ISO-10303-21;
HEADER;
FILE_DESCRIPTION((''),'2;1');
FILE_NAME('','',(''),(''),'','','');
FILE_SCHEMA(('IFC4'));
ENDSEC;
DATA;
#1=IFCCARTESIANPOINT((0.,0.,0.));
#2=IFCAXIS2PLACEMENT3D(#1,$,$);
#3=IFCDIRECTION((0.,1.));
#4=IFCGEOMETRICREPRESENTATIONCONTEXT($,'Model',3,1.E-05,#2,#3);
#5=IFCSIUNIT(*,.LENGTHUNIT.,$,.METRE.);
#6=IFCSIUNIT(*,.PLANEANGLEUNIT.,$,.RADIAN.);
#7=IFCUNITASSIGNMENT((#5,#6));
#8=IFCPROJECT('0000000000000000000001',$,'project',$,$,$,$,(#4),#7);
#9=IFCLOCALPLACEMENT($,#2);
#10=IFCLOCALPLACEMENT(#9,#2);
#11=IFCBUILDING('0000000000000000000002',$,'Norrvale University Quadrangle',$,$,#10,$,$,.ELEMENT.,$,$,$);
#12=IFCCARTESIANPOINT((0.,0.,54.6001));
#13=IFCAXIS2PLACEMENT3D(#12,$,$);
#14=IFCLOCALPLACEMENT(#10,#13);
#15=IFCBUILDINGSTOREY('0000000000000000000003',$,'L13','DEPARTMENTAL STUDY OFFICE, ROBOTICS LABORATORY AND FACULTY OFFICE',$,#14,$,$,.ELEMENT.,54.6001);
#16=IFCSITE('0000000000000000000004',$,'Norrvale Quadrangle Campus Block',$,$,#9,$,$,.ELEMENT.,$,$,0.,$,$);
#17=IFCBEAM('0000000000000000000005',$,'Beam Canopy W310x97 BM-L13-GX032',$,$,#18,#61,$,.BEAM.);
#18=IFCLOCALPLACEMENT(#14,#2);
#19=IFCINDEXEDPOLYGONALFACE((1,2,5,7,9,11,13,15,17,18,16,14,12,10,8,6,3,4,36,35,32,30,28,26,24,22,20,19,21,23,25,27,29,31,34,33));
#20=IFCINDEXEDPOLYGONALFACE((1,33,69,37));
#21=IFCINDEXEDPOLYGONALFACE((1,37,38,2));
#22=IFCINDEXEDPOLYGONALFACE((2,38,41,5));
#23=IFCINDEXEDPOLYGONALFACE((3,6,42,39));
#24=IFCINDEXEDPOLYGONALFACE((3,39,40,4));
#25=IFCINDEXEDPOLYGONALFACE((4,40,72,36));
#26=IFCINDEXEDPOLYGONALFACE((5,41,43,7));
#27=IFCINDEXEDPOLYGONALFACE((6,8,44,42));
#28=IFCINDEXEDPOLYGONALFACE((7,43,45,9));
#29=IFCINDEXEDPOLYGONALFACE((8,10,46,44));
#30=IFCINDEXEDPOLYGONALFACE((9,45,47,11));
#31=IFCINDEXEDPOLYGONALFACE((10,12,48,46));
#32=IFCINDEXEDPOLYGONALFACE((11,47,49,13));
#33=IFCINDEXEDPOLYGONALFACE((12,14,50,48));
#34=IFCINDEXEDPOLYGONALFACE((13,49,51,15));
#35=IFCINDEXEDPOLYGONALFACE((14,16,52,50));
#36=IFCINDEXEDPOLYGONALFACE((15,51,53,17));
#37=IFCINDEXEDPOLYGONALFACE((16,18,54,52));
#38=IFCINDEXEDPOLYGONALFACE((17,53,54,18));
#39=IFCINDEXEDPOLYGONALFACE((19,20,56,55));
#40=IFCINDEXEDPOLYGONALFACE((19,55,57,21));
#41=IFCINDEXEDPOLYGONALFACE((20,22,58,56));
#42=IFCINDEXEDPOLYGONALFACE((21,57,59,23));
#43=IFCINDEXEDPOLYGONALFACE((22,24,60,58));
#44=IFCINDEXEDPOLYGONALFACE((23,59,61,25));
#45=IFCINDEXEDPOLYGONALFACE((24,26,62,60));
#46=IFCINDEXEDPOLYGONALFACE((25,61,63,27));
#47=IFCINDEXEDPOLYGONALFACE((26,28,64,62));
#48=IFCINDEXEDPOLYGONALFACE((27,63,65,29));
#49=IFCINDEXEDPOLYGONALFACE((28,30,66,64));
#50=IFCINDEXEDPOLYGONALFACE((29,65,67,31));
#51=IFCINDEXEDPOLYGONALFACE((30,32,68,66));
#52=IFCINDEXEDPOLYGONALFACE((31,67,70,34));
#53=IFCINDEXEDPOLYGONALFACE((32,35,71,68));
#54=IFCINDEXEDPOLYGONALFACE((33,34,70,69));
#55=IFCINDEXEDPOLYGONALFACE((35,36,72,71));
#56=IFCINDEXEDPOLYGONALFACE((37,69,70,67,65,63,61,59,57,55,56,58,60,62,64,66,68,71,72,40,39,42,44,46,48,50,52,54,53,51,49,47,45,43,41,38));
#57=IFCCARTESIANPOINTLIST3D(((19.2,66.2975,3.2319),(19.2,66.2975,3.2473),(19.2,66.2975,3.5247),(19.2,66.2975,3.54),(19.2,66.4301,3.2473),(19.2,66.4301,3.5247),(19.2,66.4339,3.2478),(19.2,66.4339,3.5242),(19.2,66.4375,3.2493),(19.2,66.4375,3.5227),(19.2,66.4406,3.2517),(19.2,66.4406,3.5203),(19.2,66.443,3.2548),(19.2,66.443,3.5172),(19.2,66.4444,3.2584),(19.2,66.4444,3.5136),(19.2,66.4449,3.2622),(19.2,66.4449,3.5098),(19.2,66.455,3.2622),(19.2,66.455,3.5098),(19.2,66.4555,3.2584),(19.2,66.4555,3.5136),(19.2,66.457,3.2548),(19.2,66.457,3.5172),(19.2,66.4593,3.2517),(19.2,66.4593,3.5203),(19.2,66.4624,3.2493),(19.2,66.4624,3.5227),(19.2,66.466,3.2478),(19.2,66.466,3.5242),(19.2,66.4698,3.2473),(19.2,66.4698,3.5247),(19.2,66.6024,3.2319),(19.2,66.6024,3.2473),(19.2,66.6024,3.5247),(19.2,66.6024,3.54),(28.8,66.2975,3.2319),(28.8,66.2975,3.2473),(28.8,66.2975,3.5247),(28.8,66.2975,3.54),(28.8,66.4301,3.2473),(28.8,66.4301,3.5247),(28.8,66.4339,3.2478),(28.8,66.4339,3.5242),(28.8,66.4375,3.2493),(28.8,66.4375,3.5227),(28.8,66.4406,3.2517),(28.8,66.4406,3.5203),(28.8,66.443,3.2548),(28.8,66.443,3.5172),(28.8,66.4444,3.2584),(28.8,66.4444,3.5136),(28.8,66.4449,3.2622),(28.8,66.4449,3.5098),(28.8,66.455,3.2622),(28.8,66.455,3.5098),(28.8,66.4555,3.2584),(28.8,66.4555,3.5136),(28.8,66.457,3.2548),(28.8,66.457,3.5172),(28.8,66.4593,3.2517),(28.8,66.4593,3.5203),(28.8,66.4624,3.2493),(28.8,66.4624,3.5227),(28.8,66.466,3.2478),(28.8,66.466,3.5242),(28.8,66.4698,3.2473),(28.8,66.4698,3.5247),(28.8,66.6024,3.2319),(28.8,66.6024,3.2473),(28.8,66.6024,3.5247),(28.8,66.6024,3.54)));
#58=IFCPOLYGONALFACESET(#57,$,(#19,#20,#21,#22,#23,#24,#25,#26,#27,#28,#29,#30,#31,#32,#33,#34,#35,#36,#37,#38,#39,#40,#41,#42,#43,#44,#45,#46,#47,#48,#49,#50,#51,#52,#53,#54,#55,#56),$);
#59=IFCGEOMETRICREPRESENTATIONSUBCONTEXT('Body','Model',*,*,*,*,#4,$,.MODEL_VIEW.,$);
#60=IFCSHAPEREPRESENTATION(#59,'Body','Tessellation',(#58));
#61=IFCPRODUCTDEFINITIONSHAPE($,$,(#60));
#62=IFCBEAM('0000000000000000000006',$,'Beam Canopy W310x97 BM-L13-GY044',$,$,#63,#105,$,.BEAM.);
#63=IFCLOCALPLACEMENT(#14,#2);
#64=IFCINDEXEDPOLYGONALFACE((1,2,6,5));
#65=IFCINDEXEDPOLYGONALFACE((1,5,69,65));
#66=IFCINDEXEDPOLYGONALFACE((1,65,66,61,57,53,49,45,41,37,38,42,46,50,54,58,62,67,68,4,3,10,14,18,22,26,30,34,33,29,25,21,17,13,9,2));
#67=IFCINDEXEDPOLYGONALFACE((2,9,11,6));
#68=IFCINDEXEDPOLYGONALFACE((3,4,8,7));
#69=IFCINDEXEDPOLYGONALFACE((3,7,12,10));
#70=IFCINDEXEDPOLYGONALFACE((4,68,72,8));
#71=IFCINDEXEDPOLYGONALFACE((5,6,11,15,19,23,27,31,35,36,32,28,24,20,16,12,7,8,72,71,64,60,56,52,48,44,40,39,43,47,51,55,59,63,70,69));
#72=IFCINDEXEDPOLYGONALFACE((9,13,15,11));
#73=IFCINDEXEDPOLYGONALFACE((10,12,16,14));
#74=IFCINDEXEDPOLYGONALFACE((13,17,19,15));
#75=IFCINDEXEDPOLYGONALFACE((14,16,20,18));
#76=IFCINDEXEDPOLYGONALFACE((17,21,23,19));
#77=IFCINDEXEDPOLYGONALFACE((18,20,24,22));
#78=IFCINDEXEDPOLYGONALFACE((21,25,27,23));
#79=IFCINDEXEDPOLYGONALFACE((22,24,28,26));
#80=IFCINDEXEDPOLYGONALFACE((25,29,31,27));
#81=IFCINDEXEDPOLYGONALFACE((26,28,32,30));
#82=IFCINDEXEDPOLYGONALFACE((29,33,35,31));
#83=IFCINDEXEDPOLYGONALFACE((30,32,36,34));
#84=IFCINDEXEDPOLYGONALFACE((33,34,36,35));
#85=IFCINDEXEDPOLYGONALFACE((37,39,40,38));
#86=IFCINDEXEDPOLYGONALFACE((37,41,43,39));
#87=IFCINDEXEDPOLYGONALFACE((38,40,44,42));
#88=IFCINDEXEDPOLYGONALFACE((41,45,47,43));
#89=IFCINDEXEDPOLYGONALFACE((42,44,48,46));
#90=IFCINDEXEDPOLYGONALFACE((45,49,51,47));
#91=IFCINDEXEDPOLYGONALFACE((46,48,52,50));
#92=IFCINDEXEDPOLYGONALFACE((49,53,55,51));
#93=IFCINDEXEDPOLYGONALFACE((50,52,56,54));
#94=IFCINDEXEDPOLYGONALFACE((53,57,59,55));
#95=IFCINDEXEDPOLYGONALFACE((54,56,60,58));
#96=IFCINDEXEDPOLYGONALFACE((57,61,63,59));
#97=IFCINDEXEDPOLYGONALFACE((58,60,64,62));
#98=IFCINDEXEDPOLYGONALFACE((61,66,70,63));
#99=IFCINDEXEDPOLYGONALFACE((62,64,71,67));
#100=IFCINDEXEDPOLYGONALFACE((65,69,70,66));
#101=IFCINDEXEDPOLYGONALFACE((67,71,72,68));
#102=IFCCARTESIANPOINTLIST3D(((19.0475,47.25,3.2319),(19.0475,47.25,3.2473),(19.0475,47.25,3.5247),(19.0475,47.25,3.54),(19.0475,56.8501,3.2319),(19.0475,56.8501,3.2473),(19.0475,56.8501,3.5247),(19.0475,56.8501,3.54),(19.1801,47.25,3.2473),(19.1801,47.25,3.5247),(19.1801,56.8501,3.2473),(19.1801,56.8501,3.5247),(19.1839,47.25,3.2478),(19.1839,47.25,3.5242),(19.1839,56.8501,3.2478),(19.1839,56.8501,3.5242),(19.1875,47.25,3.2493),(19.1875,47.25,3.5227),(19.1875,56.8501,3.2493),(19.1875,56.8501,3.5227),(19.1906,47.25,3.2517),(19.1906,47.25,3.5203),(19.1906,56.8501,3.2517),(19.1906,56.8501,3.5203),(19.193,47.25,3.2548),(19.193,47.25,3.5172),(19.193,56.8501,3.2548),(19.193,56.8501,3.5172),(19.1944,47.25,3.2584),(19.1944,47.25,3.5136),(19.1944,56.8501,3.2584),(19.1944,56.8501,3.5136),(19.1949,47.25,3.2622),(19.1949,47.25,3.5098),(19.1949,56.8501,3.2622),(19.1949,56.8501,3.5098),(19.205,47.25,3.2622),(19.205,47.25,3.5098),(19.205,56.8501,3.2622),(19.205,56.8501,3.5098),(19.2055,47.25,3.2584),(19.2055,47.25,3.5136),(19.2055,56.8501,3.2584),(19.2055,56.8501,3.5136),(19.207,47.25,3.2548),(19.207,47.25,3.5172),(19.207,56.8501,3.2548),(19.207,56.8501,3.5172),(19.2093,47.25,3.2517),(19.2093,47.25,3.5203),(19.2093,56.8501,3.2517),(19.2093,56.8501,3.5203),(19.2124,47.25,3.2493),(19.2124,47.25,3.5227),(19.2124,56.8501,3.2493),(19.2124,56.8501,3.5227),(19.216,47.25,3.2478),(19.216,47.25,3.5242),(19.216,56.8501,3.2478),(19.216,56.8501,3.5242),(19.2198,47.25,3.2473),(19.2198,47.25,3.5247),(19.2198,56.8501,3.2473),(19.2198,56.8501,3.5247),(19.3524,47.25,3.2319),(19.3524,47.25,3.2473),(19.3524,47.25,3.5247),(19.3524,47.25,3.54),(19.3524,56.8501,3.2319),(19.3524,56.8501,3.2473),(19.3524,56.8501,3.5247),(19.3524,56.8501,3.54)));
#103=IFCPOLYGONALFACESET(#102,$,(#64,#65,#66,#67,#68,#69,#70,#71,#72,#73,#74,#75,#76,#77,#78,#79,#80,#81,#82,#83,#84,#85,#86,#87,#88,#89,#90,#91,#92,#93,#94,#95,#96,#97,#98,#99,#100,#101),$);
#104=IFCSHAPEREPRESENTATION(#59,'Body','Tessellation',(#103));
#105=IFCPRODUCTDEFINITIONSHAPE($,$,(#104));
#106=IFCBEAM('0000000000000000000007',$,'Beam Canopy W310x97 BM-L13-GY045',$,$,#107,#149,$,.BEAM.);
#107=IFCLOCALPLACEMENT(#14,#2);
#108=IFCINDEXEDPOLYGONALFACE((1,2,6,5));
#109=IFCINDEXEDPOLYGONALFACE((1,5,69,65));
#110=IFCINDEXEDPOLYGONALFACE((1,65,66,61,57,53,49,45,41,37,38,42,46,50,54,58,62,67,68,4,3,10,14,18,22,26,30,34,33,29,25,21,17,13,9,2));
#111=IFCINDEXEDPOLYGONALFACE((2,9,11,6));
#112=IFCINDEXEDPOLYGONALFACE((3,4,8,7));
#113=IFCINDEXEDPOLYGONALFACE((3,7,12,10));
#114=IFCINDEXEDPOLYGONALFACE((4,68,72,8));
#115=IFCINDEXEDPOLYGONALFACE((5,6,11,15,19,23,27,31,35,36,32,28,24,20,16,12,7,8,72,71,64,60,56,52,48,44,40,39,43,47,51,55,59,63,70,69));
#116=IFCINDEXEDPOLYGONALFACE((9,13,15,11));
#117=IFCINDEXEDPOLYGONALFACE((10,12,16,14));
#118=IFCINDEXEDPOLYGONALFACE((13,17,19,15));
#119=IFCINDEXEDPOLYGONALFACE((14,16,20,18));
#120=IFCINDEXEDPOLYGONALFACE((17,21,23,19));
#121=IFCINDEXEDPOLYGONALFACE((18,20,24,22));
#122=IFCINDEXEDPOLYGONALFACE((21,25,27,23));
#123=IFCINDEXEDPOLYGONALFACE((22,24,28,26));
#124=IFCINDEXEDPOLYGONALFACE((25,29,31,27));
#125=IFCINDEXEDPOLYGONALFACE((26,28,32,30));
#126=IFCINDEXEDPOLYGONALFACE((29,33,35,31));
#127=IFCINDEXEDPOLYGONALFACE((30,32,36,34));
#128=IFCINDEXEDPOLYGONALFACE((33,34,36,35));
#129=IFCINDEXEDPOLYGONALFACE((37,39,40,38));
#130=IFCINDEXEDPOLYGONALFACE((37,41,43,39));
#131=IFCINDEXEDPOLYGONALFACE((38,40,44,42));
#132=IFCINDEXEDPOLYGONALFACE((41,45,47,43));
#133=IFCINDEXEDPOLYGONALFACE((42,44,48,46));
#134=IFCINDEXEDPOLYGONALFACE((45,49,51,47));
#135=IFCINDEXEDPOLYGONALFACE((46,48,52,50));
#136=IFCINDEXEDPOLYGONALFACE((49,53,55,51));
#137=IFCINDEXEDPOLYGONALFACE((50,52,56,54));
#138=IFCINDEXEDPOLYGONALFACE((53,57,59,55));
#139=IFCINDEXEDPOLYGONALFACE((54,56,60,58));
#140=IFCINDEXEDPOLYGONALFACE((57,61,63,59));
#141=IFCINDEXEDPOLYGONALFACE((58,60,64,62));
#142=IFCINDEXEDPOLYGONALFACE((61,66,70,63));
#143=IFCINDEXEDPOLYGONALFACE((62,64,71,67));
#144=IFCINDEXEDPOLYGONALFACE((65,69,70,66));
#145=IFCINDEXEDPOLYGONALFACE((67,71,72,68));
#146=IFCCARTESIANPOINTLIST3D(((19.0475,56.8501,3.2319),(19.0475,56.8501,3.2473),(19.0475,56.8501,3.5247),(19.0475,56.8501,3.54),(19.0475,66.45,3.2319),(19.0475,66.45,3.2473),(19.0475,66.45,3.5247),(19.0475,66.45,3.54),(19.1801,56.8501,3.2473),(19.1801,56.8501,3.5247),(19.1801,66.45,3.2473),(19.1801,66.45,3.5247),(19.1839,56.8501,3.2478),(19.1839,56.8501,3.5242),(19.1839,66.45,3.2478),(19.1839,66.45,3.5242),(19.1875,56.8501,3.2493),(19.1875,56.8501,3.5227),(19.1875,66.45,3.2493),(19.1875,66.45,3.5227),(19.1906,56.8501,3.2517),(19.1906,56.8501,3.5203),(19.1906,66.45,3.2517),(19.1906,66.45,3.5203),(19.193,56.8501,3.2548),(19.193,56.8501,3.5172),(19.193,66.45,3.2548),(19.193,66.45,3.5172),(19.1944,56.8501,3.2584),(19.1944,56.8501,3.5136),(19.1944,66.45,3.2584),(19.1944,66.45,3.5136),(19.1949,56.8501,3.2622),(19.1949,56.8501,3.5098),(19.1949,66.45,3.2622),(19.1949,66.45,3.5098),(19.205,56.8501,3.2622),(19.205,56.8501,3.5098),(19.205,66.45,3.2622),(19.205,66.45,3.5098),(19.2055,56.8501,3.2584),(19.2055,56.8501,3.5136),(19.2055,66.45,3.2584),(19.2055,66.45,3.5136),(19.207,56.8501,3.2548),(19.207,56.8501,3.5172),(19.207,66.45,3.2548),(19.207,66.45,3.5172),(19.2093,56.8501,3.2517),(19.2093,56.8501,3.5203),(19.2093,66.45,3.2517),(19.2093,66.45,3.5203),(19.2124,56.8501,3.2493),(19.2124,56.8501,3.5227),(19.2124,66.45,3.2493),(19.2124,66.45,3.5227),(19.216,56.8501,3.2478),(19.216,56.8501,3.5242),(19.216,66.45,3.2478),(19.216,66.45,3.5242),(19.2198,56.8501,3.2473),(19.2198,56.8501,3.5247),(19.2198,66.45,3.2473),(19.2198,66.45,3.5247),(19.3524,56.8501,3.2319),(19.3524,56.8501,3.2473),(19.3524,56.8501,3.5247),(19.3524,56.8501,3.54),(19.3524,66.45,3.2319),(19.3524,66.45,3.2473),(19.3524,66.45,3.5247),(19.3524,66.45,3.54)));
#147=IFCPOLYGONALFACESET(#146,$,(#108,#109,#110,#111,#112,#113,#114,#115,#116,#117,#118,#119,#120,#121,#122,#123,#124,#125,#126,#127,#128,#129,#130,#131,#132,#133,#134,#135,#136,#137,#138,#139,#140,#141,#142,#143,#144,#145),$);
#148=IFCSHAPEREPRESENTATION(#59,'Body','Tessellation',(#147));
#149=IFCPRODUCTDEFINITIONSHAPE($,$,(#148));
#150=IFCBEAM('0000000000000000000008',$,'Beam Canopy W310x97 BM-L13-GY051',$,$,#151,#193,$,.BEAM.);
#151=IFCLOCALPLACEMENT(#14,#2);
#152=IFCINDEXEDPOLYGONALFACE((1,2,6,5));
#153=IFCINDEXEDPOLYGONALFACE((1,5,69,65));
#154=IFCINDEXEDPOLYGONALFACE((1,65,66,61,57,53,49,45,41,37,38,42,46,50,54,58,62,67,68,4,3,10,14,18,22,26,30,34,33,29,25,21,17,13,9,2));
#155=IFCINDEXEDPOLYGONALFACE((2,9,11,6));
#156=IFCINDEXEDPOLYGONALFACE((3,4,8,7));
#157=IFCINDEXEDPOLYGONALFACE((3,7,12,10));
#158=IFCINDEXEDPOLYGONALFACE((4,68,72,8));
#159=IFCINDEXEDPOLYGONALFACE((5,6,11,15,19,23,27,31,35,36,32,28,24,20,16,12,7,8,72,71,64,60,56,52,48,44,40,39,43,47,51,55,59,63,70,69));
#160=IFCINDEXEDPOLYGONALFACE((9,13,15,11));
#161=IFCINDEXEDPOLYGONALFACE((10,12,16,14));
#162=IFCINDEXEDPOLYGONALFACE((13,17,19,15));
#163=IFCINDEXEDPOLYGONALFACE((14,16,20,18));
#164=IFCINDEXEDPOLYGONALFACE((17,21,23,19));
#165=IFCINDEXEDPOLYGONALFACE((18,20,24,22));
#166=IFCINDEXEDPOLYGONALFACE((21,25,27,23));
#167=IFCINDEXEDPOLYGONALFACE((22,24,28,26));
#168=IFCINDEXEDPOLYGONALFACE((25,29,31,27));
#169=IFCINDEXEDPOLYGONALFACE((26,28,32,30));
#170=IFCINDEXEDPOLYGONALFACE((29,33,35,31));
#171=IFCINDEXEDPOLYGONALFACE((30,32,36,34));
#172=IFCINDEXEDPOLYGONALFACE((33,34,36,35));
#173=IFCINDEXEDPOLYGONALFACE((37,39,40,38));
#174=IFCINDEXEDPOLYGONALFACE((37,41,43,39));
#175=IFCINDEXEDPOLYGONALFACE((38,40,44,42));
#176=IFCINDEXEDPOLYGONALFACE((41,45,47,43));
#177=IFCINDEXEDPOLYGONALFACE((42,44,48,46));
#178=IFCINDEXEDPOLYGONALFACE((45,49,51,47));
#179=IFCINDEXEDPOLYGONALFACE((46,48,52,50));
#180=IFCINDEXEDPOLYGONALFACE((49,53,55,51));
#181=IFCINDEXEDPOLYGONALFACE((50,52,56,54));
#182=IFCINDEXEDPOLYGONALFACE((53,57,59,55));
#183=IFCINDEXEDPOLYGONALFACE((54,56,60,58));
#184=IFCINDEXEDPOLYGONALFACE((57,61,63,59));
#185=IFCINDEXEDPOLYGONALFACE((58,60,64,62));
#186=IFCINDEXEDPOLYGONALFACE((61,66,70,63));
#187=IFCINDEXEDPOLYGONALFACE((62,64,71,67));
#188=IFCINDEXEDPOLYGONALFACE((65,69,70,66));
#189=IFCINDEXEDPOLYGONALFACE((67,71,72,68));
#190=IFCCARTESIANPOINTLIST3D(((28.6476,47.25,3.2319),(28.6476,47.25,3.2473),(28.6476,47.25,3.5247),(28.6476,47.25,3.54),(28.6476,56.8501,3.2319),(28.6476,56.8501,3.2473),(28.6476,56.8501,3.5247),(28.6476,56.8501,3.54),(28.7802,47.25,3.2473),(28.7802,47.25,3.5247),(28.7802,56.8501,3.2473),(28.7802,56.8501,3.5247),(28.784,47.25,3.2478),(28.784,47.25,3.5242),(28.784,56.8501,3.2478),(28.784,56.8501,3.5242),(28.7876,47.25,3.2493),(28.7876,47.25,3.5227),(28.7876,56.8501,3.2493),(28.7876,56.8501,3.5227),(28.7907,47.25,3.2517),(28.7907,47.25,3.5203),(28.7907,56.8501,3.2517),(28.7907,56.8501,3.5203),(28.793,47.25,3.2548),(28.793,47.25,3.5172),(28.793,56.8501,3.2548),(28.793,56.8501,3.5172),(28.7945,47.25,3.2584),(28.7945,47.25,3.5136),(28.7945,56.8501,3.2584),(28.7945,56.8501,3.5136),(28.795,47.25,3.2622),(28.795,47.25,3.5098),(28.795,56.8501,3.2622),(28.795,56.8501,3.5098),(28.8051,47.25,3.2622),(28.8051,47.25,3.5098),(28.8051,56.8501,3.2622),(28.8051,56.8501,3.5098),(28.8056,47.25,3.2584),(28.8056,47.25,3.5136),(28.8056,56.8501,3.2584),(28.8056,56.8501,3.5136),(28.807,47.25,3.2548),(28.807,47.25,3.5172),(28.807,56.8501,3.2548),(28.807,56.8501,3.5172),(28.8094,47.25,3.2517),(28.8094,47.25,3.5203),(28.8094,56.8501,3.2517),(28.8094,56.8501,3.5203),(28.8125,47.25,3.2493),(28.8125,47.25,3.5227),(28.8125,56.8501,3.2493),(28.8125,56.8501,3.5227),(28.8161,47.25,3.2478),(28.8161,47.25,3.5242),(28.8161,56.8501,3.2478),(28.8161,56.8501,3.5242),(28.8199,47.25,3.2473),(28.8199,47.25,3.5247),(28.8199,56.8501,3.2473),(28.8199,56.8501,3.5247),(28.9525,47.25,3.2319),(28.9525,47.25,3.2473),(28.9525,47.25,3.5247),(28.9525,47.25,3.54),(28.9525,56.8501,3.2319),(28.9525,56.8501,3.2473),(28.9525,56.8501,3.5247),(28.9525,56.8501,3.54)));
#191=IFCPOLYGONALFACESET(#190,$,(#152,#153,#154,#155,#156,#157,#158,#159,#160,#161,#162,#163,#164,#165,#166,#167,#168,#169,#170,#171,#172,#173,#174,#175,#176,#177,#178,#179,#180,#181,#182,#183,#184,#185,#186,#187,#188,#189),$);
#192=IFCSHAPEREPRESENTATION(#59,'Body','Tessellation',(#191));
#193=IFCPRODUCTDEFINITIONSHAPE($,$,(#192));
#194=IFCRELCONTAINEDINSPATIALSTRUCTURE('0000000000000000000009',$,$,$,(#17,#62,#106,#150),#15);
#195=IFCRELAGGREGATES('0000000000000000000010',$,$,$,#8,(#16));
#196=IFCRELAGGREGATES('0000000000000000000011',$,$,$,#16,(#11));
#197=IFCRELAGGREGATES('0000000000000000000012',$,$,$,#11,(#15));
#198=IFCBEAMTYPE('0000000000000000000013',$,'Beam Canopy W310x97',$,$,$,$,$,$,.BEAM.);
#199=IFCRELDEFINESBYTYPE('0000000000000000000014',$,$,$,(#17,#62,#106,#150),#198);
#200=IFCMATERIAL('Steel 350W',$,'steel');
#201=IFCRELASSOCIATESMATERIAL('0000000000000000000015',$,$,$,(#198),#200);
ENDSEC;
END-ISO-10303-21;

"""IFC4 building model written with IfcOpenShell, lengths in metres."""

from ifc_helpers import new_model, si_unit, direction, frame, origin, origin_2d, place, context, subcontext, project, spatial, i_section, extrude, material, material_profile, profile_set, type_object, element, save


model = new_model("IFC4")

# Units and contexts
model_context = context("Model", 3, precision=1e-05, world=origin(), true_north=direction((0.0, 1.0)))
body_context = subcontext(model_context, "Body", "Model", "MODEL_VIEW")
ifc_project = project(units=[si_unit("LENGTHUNIT", "METRE"), si_unit("PLANEANGLEUNIT", "RADIAN")], contexts=[model_context])

# Site, building, storey
site_placement = place(None, origin())
site = spatial("IfcSite", under=ifc_project, at=site_placement, Name="Norrvale Quadrangle Campus Block", CompositionType="ELEMENT", RefElevation=0.0)
building_placement = place(site_placement, origin())
building = spatial("IfcBuilding", under=site, at=building_placement, Name="Norrvale University Quadrangle", CompositionType="ELEMENT")
storey_placement = place(building_placement, frame((0.0, 0.0, 54.6001)))
storey = spatial("IfcBuildingStorey", under=building, at=storey_placement, Name="L13", Description="DEPARTMENTAL STUDY OFFICE, ROBOTICS LABORATORY AND FACULTY OFFICE", CompositionType="ELEMENT", Elevation=54.6001)

# Beams
ifc_material_1 = material(Name="Steel 350W", Category="steel")
ifc_material_profile_1 = material_profile(ifc_material_1, i_section(OverallWidth=0.3049, OverallDepth=0.3081, WebThickness=0.01, FlangeThickness=0.0154, FilletRadius=0.0149, at=origin_2d()), Name="Steel 350W")
ifc_profile_set_1 = profile_set([ifc_material_profile_1], Name="Steel 350W")
beam_type_1 = type_object("IfcBeamType", Name="Beam Canopy W310x97", PredefinedType="BEAM", material=ifc_profile_set_1)
for number, where, z_axis, x_axis, name in (
    (1, (19.2, 66.45, 3.386), (1.0, 0.0, 0.0), (0.0, 1.0, 0.0), "Beam Canopy W310x97 BM-L13-GX032"),
    (2, (19.2, 47.25, 3.386), (0.0, 1.0, 0.0), (-1.0, 0.0, 0.0), "Beam Canopy W310x97 BM-L13-GY044"),
):
    element("IfcBeam", number, at=place(storey_placement, frame(where, z_axis=z_axis, x_axis=x_axis)), inside=storey, type_object=beam_type_1, Name=name, PredefinedType="BEAM", context=body_context, shape_type="SweptSolid", body=[
        extrude(i_section(OverallWidth=0.3049, OverallDepth=0.3081, WebThickness=0.01, FlangeThickness=0.0154, FilletRadius=0.0149, at=origin_2d()), origin(), (0.0, 0.0, 1.0), 9.6001),
    ])
beam_1_placement = place(storey_placement, frame((19.2, 56.8501, 3.386), z_axis=(0.0, 1.0, 0.0), x_axis=(-1.0, 0.0, 0.0)))
element("IfcBeam", 3, at=beam_1_placement, inside=storey, type_object=beam_type_1, Name="Beam Canopy W310x97 BM-L13-GY045", PredefinedType="BEAM", context=body_context, shape_type="SweptSolid", body=[
    extrude(i_section(OverallWidth=0.3049, OverallDepth=0.3081, WebThickness=0.01, FlangeThickness=0.0154, FilletRadius=0.0149, at=origin_2d()), origin(), (0.0, 0.0, 1.0), 9.5999),
])
beam_2_placement = place(storey_placement, frame((28.8, 47.25, 3.386), z_axis=(0.0, 1.0, 0.0), x_axis=(-1.0, 0.0, 0.0)))
element("IfcBeam", 4, at=beam_2_placement, inside=storey, type_object=beam_type_1, Name="Beam Canopy W310x97 BM-L13-GY051", PredefinedType="BEAM", context=body_context, shape_type="SweptSolid", body=[
    extrude(i_section(OverallWidth=0.3049, OverallDepth=0.3081, WebThickness=0.01, FlangeThickness=0.0154, FilletRadius=0.0149, at=origin_2d()), origin(), (0.0, 0.0, 1.0), 9.6001),
])

save(model, "model.ifc")
